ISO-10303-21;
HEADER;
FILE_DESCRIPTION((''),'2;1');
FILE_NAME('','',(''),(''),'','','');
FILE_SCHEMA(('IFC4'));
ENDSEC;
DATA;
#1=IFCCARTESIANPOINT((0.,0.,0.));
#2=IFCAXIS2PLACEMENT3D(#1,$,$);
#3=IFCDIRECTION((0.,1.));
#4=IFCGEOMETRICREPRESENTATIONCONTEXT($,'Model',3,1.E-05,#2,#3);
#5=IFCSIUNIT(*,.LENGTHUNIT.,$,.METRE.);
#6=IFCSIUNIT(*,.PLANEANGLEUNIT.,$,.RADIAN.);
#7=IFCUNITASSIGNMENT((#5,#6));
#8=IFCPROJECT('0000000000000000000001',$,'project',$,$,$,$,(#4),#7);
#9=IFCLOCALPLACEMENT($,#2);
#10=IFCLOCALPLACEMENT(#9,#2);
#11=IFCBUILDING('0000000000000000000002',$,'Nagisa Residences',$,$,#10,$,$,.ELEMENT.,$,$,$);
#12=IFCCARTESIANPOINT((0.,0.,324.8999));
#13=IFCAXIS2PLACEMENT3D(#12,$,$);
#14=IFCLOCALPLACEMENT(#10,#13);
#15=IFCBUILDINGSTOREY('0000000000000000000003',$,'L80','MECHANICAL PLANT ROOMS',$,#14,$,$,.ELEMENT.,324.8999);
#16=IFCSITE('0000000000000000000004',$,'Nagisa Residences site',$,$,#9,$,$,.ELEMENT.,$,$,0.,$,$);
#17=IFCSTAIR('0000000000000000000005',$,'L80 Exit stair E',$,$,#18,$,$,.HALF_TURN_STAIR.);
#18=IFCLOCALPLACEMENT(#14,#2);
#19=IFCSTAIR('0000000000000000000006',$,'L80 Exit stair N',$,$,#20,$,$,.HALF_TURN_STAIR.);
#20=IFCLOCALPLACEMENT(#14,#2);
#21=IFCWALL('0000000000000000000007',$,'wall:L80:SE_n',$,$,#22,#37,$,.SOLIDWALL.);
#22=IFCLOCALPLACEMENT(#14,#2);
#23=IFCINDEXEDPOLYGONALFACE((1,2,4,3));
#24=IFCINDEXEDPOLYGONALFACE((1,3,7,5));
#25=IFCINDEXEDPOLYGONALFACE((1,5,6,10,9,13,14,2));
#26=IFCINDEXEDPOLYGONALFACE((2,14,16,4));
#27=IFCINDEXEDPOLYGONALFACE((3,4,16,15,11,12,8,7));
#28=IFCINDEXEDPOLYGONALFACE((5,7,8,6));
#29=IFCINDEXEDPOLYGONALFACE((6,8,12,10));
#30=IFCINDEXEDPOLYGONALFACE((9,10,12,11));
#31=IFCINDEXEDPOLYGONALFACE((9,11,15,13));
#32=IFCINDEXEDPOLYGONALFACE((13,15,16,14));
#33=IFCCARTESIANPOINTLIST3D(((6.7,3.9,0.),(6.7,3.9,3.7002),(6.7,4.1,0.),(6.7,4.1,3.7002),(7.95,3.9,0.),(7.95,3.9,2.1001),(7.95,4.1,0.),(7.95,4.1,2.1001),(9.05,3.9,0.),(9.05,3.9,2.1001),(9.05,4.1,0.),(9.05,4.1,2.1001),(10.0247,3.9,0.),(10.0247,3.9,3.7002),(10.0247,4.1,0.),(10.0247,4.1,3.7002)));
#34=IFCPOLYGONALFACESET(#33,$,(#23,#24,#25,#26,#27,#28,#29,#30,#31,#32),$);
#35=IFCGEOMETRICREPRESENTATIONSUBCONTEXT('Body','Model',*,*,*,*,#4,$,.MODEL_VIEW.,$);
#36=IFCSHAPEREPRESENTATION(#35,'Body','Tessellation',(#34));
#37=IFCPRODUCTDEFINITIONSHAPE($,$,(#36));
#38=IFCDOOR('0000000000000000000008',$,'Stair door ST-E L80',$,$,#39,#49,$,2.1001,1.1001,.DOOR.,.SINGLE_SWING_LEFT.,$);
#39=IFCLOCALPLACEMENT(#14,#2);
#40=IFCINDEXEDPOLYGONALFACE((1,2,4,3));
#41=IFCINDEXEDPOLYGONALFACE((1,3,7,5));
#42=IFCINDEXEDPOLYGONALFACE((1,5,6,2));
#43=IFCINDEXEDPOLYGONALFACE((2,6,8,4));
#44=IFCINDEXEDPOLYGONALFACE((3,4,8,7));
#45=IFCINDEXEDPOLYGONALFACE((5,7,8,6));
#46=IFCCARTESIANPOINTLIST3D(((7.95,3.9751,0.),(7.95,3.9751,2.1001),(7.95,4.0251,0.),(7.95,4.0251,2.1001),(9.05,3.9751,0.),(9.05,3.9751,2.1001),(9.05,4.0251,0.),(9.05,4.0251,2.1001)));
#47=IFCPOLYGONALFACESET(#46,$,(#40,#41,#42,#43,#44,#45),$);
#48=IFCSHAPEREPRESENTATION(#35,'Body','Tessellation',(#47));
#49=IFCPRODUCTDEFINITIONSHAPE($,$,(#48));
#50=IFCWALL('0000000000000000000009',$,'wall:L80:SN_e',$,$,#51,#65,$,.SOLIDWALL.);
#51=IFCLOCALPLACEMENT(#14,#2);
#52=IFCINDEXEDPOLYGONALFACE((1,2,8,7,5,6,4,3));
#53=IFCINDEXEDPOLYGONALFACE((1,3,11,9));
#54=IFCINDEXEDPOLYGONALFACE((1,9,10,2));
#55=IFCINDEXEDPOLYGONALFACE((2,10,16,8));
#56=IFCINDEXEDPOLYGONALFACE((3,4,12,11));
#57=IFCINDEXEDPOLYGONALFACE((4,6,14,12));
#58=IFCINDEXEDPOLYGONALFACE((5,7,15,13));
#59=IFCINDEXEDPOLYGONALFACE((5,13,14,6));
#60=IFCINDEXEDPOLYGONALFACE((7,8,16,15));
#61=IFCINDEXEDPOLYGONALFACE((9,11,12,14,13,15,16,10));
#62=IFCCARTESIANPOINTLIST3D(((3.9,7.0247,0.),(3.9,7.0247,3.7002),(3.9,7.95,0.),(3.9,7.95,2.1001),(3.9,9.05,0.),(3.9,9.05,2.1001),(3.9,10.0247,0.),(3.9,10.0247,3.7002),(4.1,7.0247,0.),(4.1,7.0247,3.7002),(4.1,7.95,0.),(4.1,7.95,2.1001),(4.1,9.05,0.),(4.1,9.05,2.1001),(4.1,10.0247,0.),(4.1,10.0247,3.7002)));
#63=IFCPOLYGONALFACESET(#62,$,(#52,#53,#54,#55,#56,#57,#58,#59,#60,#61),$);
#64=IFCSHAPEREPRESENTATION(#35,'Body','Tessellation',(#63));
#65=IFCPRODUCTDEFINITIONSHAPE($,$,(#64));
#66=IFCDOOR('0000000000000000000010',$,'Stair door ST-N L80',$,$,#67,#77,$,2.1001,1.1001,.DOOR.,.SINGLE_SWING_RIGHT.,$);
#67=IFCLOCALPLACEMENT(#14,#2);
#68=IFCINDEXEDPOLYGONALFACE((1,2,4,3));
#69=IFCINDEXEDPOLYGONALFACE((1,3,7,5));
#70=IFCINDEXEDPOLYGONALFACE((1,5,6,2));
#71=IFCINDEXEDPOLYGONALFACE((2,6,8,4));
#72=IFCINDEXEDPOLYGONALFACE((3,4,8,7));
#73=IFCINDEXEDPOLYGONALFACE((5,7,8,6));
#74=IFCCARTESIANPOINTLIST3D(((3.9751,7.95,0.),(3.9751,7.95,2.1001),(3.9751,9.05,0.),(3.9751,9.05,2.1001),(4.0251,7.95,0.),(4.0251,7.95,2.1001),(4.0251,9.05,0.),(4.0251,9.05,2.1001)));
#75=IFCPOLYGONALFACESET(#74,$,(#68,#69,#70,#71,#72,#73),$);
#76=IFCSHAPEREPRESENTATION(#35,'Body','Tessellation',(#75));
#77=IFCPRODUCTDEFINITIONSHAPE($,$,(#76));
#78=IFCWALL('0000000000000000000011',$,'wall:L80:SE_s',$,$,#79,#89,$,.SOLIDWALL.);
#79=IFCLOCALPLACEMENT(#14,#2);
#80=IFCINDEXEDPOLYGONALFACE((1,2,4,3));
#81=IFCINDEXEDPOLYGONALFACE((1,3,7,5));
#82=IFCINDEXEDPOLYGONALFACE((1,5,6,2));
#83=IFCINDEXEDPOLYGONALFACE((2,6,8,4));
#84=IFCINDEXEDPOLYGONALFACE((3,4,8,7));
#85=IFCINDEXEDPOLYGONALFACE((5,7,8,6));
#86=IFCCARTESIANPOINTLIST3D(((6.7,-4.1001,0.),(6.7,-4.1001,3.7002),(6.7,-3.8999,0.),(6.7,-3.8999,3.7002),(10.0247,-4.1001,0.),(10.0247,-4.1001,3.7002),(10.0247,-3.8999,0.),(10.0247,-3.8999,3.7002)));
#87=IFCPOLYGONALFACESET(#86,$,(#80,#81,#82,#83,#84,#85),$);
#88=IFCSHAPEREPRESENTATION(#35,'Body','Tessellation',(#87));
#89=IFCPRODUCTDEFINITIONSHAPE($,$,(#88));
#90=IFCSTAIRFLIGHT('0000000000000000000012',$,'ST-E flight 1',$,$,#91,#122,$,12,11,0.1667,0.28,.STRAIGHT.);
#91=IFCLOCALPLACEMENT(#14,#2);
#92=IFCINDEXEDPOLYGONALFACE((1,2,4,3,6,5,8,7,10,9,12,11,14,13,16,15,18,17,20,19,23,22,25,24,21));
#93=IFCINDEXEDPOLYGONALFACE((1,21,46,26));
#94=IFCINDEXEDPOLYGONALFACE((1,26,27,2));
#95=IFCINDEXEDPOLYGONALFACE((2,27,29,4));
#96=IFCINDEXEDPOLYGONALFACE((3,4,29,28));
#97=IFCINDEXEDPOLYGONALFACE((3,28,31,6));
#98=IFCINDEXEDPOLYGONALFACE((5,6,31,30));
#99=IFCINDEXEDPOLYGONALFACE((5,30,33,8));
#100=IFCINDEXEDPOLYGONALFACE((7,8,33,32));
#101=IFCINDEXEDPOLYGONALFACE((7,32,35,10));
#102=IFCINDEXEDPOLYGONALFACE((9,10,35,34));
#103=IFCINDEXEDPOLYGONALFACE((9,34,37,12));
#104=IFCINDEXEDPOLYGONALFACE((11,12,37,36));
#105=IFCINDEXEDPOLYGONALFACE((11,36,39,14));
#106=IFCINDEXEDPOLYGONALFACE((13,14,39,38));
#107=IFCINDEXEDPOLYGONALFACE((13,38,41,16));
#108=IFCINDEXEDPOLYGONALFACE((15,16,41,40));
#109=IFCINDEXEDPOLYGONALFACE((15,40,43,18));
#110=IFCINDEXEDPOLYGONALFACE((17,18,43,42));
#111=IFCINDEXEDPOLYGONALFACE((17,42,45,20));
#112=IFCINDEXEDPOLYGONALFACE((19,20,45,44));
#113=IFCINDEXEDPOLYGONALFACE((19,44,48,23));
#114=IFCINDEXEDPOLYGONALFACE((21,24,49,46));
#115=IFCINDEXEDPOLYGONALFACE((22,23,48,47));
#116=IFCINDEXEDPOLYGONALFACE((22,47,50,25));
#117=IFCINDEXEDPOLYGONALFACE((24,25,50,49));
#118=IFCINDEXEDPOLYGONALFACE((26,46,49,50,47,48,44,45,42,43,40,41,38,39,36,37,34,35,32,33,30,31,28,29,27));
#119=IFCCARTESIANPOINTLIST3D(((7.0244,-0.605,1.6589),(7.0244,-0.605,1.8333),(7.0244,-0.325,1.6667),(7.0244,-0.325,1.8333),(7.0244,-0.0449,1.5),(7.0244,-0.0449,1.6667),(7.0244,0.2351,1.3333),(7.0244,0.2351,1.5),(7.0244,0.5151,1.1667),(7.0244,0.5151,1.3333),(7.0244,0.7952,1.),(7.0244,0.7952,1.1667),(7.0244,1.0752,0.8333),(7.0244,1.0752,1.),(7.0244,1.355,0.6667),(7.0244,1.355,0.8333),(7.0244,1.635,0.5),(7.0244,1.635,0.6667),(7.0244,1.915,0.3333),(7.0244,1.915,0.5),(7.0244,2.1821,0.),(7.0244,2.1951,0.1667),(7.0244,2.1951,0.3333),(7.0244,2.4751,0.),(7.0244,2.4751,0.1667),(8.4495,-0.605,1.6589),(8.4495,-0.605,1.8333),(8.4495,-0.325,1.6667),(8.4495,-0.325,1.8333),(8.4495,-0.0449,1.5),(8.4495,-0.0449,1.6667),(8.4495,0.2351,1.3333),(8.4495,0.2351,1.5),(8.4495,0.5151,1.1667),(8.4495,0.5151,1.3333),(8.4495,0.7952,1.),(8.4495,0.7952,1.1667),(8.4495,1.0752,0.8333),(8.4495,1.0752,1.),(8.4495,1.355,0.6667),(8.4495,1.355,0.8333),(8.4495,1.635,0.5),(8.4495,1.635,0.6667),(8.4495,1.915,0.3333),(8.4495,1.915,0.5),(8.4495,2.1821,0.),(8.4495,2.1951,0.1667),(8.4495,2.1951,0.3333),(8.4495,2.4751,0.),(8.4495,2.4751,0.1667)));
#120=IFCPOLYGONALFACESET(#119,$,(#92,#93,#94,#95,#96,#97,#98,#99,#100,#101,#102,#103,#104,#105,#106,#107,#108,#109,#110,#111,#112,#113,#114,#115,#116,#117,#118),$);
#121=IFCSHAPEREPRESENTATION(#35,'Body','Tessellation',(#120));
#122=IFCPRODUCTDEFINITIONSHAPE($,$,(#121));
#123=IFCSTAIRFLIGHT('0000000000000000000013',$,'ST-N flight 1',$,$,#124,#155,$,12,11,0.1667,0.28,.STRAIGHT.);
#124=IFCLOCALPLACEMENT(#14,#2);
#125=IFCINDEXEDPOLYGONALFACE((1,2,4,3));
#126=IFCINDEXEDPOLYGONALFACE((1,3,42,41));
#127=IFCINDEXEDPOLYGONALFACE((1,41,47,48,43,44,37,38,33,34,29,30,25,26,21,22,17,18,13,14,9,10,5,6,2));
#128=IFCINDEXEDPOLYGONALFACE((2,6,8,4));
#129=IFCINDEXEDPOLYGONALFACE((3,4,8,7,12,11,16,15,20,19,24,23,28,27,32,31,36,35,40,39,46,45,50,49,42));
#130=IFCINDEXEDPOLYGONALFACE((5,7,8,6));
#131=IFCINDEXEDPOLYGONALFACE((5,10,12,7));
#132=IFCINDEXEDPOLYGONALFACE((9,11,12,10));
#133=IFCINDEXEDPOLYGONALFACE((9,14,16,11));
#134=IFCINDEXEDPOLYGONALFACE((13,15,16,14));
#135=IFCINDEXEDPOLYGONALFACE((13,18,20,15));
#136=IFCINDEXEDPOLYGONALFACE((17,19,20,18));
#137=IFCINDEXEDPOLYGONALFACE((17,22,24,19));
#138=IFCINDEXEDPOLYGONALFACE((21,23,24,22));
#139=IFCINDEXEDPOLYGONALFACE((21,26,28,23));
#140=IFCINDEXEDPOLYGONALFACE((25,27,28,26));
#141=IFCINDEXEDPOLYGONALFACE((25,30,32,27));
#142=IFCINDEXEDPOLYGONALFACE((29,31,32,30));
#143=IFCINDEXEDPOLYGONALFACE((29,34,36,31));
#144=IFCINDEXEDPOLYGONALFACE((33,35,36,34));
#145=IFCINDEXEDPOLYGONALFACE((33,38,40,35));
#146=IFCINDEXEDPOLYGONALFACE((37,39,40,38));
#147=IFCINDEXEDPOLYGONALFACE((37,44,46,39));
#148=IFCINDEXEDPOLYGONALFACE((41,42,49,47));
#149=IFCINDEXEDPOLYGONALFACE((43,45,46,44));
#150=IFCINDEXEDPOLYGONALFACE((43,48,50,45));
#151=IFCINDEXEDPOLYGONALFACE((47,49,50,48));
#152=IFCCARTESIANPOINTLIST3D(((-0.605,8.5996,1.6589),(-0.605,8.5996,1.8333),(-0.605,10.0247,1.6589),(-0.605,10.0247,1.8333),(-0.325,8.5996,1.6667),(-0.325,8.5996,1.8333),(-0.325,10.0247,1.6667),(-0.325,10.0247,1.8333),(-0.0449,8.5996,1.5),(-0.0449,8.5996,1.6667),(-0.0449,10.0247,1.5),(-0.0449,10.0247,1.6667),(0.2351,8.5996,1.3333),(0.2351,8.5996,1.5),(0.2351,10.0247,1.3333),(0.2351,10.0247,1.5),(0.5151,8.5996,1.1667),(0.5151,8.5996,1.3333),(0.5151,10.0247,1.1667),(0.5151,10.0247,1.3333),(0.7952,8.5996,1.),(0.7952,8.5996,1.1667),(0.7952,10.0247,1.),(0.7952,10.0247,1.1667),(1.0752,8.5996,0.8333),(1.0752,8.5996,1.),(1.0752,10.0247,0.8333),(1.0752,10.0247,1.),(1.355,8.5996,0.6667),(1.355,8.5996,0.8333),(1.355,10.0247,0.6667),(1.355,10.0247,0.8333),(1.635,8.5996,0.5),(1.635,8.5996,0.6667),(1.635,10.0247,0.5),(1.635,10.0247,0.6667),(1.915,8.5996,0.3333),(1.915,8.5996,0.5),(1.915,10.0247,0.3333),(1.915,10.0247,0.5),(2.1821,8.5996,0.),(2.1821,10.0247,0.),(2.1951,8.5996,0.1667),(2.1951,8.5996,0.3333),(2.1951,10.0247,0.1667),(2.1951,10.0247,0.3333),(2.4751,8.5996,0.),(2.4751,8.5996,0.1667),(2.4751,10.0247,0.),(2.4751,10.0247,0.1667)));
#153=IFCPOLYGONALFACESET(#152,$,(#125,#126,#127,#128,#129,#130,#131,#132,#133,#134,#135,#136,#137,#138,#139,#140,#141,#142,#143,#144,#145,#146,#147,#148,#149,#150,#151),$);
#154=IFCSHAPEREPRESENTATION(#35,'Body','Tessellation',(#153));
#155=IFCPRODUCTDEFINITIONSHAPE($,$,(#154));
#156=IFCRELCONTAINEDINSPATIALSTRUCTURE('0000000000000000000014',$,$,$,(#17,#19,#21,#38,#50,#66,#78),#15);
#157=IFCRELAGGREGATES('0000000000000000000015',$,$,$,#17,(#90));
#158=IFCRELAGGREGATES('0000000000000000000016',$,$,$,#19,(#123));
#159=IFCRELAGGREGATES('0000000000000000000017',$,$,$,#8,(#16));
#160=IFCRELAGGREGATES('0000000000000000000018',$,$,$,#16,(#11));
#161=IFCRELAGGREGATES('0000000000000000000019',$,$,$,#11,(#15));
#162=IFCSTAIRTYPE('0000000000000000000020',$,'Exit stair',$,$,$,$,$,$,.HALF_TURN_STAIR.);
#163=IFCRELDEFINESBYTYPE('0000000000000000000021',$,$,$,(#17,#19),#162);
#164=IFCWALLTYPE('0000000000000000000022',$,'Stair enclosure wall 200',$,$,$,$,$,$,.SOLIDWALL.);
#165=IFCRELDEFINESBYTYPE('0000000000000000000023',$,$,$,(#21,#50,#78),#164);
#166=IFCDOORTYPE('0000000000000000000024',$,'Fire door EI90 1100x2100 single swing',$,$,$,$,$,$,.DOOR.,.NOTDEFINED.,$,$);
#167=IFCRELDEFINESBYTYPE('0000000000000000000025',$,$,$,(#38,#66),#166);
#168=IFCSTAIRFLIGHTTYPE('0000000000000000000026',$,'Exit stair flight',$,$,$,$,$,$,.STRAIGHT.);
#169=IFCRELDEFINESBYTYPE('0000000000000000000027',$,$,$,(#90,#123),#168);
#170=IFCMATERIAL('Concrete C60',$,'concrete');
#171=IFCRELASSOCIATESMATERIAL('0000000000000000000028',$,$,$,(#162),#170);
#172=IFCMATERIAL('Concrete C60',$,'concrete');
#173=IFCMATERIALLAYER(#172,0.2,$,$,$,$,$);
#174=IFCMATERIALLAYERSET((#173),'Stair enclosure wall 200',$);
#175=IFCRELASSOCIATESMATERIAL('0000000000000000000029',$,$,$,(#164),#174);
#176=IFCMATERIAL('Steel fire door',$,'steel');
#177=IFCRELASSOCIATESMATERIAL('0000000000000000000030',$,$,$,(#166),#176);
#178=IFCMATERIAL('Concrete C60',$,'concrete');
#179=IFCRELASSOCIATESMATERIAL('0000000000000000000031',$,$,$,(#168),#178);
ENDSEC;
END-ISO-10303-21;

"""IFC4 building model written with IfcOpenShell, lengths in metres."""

from ifc_helpers import new_model, si_unit, direction, frame, frame_2d, origin, place, context, subcontext, project, spatial, polyline, rectangle, outline, extrude, material, layer, layer_set, type_object, element, fill, aggregate, save


model = new_model("IFC4")

# Units and contexts
model_context = context("Model", 3, precision=1e-05, world=origin(), true_north=direction((0.0, 1.0)))
body_context = subcontext(model_context, "Body", "Model", "MODEL_VIEW")
ifc_project = project(units=[si_unit("LENGTHUNIT", "METRE"), si_unit("PLANEANGLEUNIT", "RADIAN")], contexts=[model_context])

# Site, building, storey
site_placement = place(None, origin())
site = spatial("IfcSite", under=ifc_project, at=site_placement, Name="Nagisa Residences site", CompositionType="ELEMENT", RefElevation=0.0)
building_placement = place(site_placement, origin())
building = spatial("IfcBuilding", under=site, at=building_placement, Name="Nagisa Residences", CompositionType="ELEMENT")
storey_placement = place(building_placement, frame((0.0, 0.0, 324.8999)))
storey = spatial("IfcBuildingStorey", under=building, at=storey_placement, Name="L80", Description="MECHANICAL PLANT ROOMS", CompositionType="ELEMENT", Elevation=324.8999)

# Stairs
ifc_material_1 = material(Name="Concrete C60", Category="concrete")
stair_type = type_object("IfcStairType", Name="Exit stair", PredefinedType="HALF_TURN_STAIR", material=ifc_material_1)
stair_1_placement = place(storey_placement, origin())
stair_1 = element("IfcStair", 1, at=stair_1_placement, inside=storey, type_object=stair_type, Name="L80 Exit stair E", PredefinedType="HALF_TURN_STAIR")
stair_2_placement = place(storey_placement, origin())
stair_2 = element("IfcStair", 2, at=stair_2_placement, inside=storey, type_object=stair_type, Name="L80 Exit stair N", PredefinedType="HALF_TURN_STAIR")

# Walls, openings, doors
ifc_material_2 = material(Name="Concrete C60", Category="concrete")
ifc_layer_1 = layer(ifc_material_2, 0.2)
ifc_layer_set_1 = layer_set([ifc_layer_1], Name="Stair enclosure wall 200")
wall_type_1 = type_object("IfcWallType", Name="Stair enclosure wall 200", PredefinedType="SOLIDWALL", material=ifc_layer_set_1)
wall_1_placement = place(storey_placement, frame((6.7, 4.0, 0.0), z_axis=(0.0, 0.0, 1.0), x_axis=(1.0, 0.0, 0.0)))
wall_1 = element("IfcWall", 3, at=wall_1_placement, inside=storey, type_object=wall_type_1, Name="wall:L80:SE_n", PredefinedType="SOLIDWALL", context=body_context, shape_type="SweptSolid", body=[
    extrude(rectangle(XDim=3.3247, YDim=0.2, at=frame_2d((1.6624, 0.0))), origin(), (0.0, 0.0, 1.0), 3.7002),
])
opening_1_placement = place(wall_1_placement, frame((1.25, 0.0, 0.0)))
opening_1 = element("IfcOpeningElement", 4, at=opening_1_placement, cuts=wall_1, PredefinedType="OPENING", context=body_context, shape_type="SweptSolid", body=[
    extrude(rectangle(XDim=1.1001, YDim=2.1001, at=frame_2d((0.55, 1.05))), frame((0.0, 0.1099, 0.0), z_axis=(0.0, -1.0, 0.0), x_axis=(1.0, 0.0, 0.0)), (0.0, 0.0, 1.0), 0.22),
])
ifc_material_3 = material(Name="Steel fire door", Category="steel")
door_type_1 = type_object("IfcDoorType", Name="Fire door EI90 1100x2100 single swing", OperationType="NOTDEFINED", PredefinedType="DOOR", material=ifc_material_3)
door_1_placement = place(opening_1_placement, frame((1.1001, 0.0, 0.0), x_axis=(-1.0, 0.0, 0.0)))
door_1 = element("IfcDoor", 5, at=door_1_placement, inside=storey, type_object=door_type_1, Name="Stair door ST-E L80", OperationType="SINGLE_SWING_LEFT", OverallHeight=2.1001, OverallWidth=1.1001, PredefinedType="DOOR", context=body_context, shape_type="SweptSolid", body=[
    extrude(rectangle(XDim=1.1001, YDim=2.1001, at=frame_2d((0.55, 1.05))), frame((0.0, 0.0249, 0.0), z_axis=(0.0, -1.0, 0.0), x_axis=(1.0, 0.0, 0.0)), (0.0, 0.0, 1.0), 0.05),
])
fill(opening_1, door_1)
wall_2_placement = place(storey_placement, frame((4.0, 7.0247, 0.0), z_axis=(0.0, 0.0, 1.0), x_axis=(0.0, 1.0, 0.0)))
wall_2 = element("IfcWall", 6, at=wall_2_placement, inside=storey, type_object=wall_type_1, Name="wall:L80:SN_e", PredefinedType="SOLIDWALL", context=body_context, shape_type="SweptSolid", body=[
    extrude(rectangle(XDim=3.0, YDim=0.2, at=frame_2d((1.5, 0.0))), origin(), (0.0, 0.0, 1.0), 3.7002),
])
opening_2_placement = place(wall_2_placement, frame((0.9253, 0.0, 0.0)))
opening_2 = element("IfcOpeningElement", 7, at=opening_2_placement, cuts=wall_2, PredefinedType="OPENING", context=body_context, shape_type="SweptSolid", body=[
    extrude(rectangle(XDim=1.1001, YDim=2.1001, at=frame_2d((0.55, 1.05))), frame((0.0, 0.1099, 0.0), z_axis=(0.0, -1.0, 0.0), x_axis=(1.0, 0.0, 0.0)), (0.0, 0.0, 1.0), 0.22),
])
door_2_placement = place(opening_2_placement, origin())
door_2 = element("IfcDoor", 8, at=door_2_placement, inside=storey, type_object=door_type_1, Name="Stair door ST-N L80", OperationType="SINGLE_SWING_RIGHT", OverallHeight=2.1001, OverallWidth=1.1001, PredefinedType="DOOR", context=body_context, shape_type="SweptSolid", body=[
    extrude(rectangle(XDim=1.1001, YDim=2.1001, at=frame_2d((0.55, 1.05))), frame((0.0, 0.0249, 0.0), z_axis=(0.0, -1.0, 0.0), x_axis=(1.0, 0.0, 0.0)), (0.0, 0.0, 1.0), 0.05),
])
fill(opening_2, door_2)

# Wall
wall_3_placement = place(storey_placement, origin())
element("IfcWall", 9, at=wall_3_placement, inside=storey, type_object=wall_type_1, Name="wall:L80:SE_s", PredefinedType="SOLIDWALL", context=body_context, shape_type="SweptSolid", body=[
    extrude(outline(polyline([(10.0247, -4.1001), (6.7, -4.1001), (6.7, -3.8999), (10.0247, -3.8999), (10.0247, -4.1001)])), origin(), (0.0, 0.0, 1.0), 3.7002),
])

# Stair flights
ifc_material_4 = material(Name="Concrete C60", Category="concrete")
stair_flight_type = type_object("IfcStairFlightType", Name="Exit stair flight", PredefinedType="STRAIGHT", material=ifc_material_4)
stair_flight_1_placement = place(storey_placement, frame((7.7371, 2.4751, 0.0), z_axis=(0.0, 0.0, 1.0), x_axis=(0.0, -1.0, 0.0)))
stair_flight_1 = element("IfcStairFlight", 10, at=stair_flight_1_placement, type_object=stair_flight_type, Name="ST-E flight 1", NumberOfRisers=12, NumberOfTreads=11, PredefinedType="STRAIGHT", RiserHeight=0.1667, TreadLength=0.28, context=body_context, shape_type="SweptSolid", body=[
    extrude(outline(polyline([(0.0, 0.0), (0.0, 0.1667), (0.28, 0.1667), (0.28, 0.3333), (0.5601, 0.3333), (0.5601, 0.5), (0.8401, 0.5), (0.8401, 0.6667), (1.1201, 0.6667), (1.1201, 0.8333), (1.3999, 0.8333), (1.3999, 1.0), (1.6799, 1.0), (1.6799, 1.1667), (1.96, 1.1667), (1.96, 1.3333), (2.24, 1.3333), (2.24, 1.5), (2.52, 1.5), (2.52, 1.6667), (2.8, 1.6667), (2.8, 1.8333), (3.0801, 1.8333), (3.0801, 2.0), (3.0801, 1.6589), (0.293, 0.0), (0.0, 0.0)])), frame((0.0, 0.7124, 0.0), z_axis=(0.0, -1.0, 0.0), x_axis=(1.0, 0.0, 0.0)), (0.0, 0.0, 1.0), 1.425),
])
aggregate(stair_1, [stair_flight_1])
stair_flight_2_placement = place(storey_placement, frame((2.4751, 9.312, 0.0), z_axis=(0.0, 0.0, 1.0), x_axis=(-1.0, 0.0, 0.0)))
stair_flight_2 = element("IfcStairFlight", 11, at=stair_flight_2_placement, type_object=stair_flight_type, Name="ST-N flight 1", NumberOfRisers=12, NumberOfTreads=11, PredefinedType="STRAIGHT", RiserHeight=0.1667, TreadLength=0.28, context=body_context, shape_type="SweptSolid", body=[
    extrude(outline(polyline([(0.0, 0.0), (0.0, 0.1667), (0.28, 0.1667), (0.28, 0.3333), (0.5601, 0.3333), (0.5601, 0.5), (0.8401, 0.5), (0.8401, 0.6667), (1.1201, 0.6667), (1.1201, 0.8333), (1.3999, 0.8333), (1.3999, 1.0), (1.6799, 1.0), (1.6799, 1.1667), (1.96, 1.1667), (1.96, 1.3333), (2.24, 1.3333), (2.24, 1.5), (2.52, 1.5), (2.52, 1.6667), (2.8, 1.6667), (2.8, 1.8333), (3.0801, 1.8333), (3.0801, 2.0), (3.0801, 1.6589), (0.293, 0.0), (0.0, 0.0)])), frame((0.0, 0.7124, 0.0), z_axis=(0.0, -1.0, 0.0), x_axis=(1.0, 0.0, 0.0)), (0.0, 0.0, 1.0), 1.425),
])
aggregate(stair_2, [stair_flight_2])

save(model, "model.ifc")
